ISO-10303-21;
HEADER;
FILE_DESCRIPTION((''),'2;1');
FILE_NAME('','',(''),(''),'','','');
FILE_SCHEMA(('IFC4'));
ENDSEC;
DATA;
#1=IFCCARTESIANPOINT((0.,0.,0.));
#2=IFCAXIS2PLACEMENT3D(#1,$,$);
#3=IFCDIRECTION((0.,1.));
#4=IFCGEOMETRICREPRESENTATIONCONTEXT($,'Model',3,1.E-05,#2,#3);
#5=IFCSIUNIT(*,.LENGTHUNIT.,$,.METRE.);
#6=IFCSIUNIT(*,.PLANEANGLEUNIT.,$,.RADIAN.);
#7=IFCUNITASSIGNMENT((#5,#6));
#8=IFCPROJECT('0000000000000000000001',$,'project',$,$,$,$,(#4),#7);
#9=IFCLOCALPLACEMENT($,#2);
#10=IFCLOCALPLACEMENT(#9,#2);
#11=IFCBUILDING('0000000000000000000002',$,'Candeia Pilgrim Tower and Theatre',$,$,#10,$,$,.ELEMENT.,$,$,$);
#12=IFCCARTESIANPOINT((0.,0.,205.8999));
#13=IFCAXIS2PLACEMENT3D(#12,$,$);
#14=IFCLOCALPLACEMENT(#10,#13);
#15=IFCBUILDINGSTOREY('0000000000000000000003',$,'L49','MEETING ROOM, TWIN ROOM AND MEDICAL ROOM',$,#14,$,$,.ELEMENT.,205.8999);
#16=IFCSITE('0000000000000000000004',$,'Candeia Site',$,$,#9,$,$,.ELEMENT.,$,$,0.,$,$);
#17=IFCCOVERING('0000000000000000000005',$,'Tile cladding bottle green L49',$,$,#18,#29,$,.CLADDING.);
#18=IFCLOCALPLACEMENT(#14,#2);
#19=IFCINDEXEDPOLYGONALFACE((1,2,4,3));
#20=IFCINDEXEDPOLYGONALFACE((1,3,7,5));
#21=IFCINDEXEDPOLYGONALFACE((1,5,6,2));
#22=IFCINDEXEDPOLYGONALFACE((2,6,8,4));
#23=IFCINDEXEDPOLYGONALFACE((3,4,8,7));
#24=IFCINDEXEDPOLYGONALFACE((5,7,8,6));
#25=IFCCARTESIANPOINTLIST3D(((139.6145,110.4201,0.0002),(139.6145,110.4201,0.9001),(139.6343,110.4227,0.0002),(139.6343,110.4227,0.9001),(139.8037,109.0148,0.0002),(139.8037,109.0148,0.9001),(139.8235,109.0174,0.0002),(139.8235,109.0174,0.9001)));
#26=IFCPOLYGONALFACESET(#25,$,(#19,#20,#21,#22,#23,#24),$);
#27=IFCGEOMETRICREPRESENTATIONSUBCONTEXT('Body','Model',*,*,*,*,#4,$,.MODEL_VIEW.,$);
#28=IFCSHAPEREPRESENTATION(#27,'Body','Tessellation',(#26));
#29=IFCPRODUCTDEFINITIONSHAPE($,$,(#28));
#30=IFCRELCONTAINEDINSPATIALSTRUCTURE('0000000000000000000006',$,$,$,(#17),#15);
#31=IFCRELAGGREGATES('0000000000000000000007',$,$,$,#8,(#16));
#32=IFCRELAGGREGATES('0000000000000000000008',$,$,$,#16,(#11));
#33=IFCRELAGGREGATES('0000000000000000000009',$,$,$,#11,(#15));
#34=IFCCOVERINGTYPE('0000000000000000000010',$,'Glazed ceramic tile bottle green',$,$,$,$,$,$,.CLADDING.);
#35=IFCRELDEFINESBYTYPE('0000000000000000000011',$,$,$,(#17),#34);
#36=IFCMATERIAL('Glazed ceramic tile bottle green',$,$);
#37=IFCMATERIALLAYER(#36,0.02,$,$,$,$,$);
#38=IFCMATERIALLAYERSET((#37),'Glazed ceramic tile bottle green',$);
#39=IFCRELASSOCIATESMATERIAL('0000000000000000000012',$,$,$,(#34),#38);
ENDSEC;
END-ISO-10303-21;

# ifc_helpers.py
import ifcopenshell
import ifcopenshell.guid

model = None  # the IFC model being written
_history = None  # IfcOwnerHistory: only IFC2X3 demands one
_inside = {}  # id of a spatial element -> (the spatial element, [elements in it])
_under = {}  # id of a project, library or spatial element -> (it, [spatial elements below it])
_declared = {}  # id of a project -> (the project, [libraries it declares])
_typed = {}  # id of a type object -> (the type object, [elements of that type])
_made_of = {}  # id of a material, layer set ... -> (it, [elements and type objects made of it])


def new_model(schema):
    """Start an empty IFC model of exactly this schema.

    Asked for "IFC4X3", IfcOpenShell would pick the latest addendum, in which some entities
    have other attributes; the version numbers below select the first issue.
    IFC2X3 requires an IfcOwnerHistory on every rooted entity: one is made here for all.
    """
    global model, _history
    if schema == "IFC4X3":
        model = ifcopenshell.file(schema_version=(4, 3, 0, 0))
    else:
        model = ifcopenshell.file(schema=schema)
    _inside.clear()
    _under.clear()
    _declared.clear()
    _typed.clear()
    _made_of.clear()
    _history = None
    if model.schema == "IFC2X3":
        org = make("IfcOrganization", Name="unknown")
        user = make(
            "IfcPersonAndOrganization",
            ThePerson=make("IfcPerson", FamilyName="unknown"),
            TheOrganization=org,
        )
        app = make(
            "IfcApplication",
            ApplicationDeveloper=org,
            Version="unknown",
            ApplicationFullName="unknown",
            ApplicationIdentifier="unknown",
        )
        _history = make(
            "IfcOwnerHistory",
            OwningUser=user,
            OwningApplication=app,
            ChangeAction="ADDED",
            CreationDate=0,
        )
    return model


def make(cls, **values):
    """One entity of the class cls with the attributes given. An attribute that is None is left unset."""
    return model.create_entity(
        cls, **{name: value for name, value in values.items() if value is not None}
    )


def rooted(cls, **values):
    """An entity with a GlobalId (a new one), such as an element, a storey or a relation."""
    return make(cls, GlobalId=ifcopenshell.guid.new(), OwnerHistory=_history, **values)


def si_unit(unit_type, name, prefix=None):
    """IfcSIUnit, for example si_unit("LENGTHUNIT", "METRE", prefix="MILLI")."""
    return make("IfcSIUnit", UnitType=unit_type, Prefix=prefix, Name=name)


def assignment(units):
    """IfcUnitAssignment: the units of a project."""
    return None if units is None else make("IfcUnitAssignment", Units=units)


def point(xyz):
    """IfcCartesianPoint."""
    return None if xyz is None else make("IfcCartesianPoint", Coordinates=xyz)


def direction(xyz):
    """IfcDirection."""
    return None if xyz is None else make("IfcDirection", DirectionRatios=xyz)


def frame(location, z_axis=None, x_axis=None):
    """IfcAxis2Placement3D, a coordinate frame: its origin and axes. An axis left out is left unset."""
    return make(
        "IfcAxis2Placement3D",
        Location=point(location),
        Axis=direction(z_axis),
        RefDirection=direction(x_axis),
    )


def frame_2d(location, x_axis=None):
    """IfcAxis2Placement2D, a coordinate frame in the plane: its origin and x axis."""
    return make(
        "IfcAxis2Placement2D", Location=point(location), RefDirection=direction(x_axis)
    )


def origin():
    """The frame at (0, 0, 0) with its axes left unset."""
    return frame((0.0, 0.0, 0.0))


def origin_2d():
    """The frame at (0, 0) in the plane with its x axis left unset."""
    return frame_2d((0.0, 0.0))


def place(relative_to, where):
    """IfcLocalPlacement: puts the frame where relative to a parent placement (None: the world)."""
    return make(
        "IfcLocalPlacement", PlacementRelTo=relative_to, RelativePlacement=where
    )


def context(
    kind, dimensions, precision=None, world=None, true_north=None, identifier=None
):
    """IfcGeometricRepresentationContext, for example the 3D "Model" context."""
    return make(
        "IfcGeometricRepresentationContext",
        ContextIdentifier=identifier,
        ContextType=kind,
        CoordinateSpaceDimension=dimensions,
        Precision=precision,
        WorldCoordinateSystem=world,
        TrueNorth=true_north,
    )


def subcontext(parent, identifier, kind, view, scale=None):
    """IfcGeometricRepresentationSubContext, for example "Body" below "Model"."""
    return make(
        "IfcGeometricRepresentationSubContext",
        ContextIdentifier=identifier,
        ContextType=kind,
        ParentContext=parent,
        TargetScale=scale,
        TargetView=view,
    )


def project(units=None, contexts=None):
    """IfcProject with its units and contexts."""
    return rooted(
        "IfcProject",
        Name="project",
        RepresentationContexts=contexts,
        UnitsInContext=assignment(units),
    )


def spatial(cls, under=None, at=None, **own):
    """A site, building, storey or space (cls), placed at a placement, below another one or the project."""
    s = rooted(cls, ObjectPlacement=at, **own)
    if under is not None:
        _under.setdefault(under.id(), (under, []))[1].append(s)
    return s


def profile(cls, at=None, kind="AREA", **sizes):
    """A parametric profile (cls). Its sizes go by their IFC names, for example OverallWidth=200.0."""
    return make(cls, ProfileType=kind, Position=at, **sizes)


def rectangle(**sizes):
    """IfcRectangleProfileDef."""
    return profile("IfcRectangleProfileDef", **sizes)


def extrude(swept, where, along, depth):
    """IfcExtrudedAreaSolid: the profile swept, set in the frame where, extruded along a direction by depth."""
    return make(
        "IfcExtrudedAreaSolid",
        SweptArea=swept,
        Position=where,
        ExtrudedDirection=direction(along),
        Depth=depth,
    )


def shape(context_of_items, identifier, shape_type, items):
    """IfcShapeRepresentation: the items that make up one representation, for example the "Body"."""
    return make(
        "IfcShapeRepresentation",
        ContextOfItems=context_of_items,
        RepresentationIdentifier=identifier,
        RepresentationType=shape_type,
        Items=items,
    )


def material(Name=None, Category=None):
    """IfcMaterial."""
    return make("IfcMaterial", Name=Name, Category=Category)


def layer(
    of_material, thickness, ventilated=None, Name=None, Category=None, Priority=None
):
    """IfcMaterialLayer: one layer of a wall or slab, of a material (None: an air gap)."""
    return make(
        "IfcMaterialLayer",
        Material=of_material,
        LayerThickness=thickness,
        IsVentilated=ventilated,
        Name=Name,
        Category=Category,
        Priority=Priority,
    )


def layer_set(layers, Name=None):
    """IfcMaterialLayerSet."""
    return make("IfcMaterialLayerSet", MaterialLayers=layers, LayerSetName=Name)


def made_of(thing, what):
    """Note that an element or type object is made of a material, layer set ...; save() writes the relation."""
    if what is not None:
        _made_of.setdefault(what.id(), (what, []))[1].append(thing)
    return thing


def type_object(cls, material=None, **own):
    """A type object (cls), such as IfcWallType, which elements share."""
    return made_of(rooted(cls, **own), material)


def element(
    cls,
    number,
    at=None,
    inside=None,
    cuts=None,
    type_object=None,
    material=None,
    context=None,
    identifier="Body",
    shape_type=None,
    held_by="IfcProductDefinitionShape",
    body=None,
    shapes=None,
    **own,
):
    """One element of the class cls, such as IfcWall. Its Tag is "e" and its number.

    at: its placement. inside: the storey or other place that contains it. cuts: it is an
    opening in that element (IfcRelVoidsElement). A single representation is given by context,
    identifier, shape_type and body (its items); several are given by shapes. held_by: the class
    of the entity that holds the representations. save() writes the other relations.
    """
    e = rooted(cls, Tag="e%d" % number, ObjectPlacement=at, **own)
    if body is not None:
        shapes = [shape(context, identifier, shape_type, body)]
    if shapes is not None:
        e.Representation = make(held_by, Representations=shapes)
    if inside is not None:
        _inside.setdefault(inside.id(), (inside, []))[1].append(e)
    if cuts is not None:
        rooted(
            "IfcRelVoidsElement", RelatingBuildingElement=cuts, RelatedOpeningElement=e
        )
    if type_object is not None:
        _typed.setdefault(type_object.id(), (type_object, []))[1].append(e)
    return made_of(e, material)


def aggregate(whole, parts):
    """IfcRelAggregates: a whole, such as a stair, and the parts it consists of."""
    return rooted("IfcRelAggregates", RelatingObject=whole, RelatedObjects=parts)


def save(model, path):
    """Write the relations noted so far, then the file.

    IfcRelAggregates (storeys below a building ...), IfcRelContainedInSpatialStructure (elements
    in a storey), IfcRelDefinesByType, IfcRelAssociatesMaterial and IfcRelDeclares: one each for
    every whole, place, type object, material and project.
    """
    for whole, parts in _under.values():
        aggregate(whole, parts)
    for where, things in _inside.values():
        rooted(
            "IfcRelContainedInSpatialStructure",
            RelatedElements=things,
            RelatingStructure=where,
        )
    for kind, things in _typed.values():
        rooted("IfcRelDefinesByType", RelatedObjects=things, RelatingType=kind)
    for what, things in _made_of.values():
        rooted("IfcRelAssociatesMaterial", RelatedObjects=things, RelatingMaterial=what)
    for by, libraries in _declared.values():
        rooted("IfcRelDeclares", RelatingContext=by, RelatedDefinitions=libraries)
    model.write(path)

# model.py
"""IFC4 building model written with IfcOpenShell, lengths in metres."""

from ifc_helpers import new_model, si_unit, direction, frame, origin, origin_2d, place, context, subcontext, project, spatial, rectangle, extrude, material, layer, layer_set, type_object, element, save


model = new_model("IFC4")

# Units and contexts
model_context = context("Model", 3, precision=1e-05, world=origin(), true_north=direction((0.0, 1.0)))
body_context = subcontext(model_context, "Body", "Model", "MODEL_VIEW")
ifc_project = project(units=[si_unit("LENGTHUNIT", "METRE"), si_unit("PLANEANGLEUNIT", "RADIAN")], contexts=[model_context])

# Site, building, storey
site_placement = place(None, origin())
site = spatial("IfcSite", under=ifc_project, at=site_placement, Name="Candeia Site", CompositionType="ELEMENT", RefElevation=0.0)
building_placement = place(site_placement, origin())
building = spatial("IfcBuilding", under=site, at=building_placement, Name="Candeia Pilgrim Tower and Theatre", CompositionType="ELEMENT")
storey_placement = place(building_placement, frame((0.0, 0.0, 205.8999)))
storey = spatial("IfcBuildingStorey", under=building, at=storey_placement, Name="L49", Description="MEETING ROOM, TWIN ROOM AND MEDICAL ROOM", CompositionType="ELEMENT", Elevation=205.8999)

# Covering
ifc_material_1 = material(Name="Glazed ceramic tile bottle green")
ifc_layer_1 = layer(ifc_material_1, 0.02)
ifc_layer_set_1 = layer_set([ifc_layer_1], Name="Glazed ceramic tile bottle green")
covering_type = type_object("IfcCoveringType", Name="Glazed ceramic tile bottle green", PredefinedType="CLADDING", material=ifc_layer_set_1)
covering_1_placement = place(storey_placement, frame((139.719, 109.7188, 0.0002), z_axis=(0.0, 0.0, 1.0), x_axis=(-0.133412, 0.991061, 0.0)))
element("IfcCovering", 1, at=covering_1_placement, inside=storey, type_object=covering_type, Name="Tile cladding bottle green L49", PredefinedType="CLADDING", context=body_context, shape_type="SweptSolid", body=[
    extrude(rectangle(XDim=1.418, YDim=0.02, at=origin_2d()), origin(), (0.0, 0.0, 1.0), 0.8999),
])

save(model, "model.ifc")
